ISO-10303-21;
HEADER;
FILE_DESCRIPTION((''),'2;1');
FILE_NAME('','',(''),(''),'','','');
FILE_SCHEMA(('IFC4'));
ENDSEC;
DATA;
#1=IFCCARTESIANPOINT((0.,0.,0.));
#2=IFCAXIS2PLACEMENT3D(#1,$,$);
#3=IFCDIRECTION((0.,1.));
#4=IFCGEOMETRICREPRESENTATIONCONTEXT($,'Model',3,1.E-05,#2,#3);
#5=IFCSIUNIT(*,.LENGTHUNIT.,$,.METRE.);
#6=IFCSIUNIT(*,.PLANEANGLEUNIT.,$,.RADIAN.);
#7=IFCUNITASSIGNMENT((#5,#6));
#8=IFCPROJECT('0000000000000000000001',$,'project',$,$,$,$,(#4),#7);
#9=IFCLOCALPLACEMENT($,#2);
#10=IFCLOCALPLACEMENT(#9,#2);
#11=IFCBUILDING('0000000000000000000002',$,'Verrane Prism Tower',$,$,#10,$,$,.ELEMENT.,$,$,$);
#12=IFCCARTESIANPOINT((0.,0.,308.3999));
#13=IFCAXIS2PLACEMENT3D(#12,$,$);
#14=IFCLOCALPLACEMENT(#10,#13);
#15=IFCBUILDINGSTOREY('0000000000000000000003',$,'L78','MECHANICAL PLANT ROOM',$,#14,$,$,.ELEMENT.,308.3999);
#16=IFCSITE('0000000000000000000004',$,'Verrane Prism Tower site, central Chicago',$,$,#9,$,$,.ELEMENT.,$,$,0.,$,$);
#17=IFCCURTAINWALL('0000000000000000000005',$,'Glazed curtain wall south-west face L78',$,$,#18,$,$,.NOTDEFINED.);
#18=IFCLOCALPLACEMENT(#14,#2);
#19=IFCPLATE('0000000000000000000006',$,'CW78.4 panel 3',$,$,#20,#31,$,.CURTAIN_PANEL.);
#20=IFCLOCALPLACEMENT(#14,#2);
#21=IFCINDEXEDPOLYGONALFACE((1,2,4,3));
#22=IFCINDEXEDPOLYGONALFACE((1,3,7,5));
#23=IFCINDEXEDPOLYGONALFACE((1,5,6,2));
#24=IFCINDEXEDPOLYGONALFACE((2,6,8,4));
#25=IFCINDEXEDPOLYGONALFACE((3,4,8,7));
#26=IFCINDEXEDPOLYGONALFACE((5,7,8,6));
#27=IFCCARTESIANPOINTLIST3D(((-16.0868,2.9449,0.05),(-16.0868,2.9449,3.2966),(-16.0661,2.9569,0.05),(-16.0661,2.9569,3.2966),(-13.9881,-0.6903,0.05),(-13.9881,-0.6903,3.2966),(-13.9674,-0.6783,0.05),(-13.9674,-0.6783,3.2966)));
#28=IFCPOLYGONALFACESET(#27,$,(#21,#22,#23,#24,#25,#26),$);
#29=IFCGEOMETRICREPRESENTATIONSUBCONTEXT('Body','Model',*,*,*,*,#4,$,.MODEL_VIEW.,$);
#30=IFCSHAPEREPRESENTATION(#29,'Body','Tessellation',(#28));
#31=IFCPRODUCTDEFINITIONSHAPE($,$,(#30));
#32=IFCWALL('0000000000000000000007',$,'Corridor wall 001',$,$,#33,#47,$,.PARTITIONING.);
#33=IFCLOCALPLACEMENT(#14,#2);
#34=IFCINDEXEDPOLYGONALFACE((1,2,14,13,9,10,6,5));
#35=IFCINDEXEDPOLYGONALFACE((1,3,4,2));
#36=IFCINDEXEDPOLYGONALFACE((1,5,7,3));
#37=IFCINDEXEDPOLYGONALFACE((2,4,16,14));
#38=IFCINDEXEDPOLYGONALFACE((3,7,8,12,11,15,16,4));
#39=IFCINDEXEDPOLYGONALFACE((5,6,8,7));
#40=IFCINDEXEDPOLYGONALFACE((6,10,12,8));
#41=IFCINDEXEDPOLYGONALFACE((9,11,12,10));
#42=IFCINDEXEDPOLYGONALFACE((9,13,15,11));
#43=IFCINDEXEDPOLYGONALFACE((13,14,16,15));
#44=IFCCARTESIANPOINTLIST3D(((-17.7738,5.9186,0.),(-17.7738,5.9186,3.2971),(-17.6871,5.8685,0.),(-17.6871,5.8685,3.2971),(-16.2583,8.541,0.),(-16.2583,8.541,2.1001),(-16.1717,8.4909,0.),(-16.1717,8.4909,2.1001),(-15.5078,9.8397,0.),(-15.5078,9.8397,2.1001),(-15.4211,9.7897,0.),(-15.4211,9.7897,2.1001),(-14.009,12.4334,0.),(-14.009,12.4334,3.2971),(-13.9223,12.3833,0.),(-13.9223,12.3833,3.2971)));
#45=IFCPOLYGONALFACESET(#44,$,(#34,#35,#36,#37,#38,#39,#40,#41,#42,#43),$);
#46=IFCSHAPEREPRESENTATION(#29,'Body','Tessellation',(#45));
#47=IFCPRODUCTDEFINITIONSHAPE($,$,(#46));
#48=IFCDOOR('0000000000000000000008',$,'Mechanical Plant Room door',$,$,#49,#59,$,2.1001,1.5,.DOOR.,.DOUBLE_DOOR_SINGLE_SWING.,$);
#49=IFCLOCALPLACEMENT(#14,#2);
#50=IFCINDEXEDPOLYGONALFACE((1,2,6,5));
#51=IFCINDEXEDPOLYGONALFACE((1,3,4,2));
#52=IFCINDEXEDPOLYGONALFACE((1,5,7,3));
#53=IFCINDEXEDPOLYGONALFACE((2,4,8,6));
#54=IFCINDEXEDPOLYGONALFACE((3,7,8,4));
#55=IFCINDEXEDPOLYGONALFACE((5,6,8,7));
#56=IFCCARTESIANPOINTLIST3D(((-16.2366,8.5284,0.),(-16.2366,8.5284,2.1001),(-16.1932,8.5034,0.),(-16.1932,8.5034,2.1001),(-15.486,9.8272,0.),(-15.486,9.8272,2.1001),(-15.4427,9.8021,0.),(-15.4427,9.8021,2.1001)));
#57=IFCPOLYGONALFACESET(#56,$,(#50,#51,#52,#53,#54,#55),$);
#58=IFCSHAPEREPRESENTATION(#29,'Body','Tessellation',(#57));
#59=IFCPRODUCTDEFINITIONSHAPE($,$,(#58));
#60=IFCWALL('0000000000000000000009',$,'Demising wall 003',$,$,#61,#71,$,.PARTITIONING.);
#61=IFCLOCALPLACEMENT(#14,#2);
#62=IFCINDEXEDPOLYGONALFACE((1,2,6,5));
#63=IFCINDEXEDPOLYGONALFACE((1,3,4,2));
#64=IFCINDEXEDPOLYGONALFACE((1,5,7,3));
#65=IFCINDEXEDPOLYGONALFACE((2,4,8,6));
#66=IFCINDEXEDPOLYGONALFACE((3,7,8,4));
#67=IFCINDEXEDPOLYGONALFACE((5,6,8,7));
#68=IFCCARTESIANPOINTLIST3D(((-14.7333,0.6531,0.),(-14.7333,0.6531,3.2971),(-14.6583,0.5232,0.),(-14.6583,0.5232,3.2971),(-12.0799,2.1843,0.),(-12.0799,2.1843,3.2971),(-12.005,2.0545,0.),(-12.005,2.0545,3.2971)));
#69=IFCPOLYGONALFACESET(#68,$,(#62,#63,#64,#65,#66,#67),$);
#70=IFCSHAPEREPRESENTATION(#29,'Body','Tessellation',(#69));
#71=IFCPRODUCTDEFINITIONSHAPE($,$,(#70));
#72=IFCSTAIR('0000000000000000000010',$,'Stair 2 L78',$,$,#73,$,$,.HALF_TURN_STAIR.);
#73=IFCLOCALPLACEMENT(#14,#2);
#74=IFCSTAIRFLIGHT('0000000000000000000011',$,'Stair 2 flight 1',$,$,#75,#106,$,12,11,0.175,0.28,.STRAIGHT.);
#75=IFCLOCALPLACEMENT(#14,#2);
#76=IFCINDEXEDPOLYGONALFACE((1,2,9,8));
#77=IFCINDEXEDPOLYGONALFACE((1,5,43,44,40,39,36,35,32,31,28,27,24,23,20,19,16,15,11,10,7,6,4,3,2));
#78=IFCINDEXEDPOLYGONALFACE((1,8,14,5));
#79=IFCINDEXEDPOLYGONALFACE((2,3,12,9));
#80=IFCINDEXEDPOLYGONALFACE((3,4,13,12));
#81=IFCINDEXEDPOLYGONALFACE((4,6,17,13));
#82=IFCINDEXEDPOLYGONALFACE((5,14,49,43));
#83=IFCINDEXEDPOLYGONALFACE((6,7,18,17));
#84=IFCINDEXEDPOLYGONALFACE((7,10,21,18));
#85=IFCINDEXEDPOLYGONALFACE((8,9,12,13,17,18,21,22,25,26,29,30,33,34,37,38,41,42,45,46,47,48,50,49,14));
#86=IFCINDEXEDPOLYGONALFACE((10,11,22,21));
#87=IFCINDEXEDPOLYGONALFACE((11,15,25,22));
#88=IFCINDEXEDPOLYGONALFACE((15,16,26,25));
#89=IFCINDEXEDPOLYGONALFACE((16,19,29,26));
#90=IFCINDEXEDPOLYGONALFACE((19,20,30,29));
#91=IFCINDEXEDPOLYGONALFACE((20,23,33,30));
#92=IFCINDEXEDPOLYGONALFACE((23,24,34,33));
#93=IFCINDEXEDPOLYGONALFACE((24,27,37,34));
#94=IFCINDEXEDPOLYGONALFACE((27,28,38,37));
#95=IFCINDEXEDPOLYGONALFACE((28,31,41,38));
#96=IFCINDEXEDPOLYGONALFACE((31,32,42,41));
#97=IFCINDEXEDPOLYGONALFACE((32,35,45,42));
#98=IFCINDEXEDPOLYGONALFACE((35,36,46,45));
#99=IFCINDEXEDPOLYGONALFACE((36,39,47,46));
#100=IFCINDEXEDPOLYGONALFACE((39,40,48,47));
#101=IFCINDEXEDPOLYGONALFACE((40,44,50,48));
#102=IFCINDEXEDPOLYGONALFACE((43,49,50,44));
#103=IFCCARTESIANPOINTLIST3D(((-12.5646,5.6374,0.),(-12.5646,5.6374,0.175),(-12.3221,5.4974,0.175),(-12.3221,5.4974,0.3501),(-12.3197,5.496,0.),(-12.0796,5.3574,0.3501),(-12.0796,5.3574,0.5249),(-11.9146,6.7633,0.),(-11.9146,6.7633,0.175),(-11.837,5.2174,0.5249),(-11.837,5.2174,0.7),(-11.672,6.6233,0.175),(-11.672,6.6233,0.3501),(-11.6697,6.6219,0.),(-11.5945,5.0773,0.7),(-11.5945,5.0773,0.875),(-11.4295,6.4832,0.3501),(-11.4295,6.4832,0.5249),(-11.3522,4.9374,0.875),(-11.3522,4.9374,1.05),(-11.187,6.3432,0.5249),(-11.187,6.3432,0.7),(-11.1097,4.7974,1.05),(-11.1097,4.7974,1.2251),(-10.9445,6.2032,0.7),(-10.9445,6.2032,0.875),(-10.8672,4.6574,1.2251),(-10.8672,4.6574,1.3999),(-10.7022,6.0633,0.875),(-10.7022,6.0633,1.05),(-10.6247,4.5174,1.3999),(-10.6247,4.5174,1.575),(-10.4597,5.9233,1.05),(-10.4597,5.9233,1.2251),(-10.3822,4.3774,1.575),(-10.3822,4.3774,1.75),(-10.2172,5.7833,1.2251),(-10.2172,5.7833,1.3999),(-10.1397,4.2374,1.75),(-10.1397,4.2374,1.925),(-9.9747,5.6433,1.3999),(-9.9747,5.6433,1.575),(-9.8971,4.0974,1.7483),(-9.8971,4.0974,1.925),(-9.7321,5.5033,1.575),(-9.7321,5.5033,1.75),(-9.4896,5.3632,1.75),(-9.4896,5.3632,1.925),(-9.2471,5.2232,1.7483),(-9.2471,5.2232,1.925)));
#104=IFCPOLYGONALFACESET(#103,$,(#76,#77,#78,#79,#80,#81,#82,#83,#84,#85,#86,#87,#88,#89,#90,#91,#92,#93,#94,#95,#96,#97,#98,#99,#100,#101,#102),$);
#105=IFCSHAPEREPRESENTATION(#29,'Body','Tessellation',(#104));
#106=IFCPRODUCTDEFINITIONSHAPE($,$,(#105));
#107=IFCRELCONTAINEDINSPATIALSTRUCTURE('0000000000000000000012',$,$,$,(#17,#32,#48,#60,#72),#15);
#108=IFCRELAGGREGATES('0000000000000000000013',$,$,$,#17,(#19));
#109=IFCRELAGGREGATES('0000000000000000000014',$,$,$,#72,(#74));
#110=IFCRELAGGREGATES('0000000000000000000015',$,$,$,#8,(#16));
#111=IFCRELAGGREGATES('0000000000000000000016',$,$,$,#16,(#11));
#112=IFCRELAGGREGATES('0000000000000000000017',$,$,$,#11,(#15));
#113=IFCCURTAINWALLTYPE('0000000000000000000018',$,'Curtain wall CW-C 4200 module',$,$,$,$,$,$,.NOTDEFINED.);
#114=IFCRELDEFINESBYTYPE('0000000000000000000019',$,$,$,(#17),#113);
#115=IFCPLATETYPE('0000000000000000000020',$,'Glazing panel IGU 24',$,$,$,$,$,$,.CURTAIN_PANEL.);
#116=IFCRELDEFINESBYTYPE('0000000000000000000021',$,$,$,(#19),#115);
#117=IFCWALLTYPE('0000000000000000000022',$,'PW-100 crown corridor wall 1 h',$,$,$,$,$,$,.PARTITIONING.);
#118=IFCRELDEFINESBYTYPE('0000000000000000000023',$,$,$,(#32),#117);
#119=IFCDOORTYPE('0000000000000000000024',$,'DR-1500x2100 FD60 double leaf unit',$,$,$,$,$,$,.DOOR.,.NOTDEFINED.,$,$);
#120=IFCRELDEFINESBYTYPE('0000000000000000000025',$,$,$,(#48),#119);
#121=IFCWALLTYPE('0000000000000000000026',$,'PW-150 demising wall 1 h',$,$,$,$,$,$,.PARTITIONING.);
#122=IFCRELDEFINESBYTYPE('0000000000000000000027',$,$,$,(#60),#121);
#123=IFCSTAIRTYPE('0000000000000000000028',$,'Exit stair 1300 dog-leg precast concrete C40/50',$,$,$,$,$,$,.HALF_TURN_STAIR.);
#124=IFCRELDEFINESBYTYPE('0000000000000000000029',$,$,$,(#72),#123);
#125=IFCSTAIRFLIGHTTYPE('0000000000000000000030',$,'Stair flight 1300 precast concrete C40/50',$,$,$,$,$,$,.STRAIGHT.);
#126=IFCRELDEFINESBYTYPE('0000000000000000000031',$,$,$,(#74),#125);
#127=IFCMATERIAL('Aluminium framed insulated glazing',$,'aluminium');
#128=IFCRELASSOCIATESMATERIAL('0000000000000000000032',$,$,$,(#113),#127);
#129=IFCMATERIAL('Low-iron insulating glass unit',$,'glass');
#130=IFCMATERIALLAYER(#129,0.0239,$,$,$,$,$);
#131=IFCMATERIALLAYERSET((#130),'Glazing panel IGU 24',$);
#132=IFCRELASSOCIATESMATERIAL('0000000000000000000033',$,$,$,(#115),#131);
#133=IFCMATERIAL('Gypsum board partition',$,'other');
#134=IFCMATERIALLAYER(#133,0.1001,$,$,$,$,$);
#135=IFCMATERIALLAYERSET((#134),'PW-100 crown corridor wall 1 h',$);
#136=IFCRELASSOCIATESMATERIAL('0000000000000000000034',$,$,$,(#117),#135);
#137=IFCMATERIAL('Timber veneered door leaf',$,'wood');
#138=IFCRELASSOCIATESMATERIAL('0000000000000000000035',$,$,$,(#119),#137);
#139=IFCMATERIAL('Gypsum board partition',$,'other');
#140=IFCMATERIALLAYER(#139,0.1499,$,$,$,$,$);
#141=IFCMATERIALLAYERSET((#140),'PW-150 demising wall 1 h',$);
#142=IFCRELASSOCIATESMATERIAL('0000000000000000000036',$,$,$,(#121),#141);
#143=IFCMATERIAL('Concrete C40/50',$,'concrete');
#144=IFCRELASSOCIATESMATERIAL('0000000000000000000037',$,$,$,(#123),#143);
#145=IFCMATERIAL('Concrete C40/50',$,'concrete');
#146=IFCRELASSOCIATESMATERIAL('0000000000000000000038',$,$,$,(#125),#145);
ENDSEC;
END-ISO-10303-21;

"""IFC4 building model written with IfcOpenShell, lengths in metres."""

from ifc_helpers import new_model, si_unit, direction, frame, frame_2d, origin, origin_2d, place, context, subcontext, project, spatial, polyline, rectangle, outline, extrude, material, layer, layer_set, type_object, element, fill, aggregate, save


model = new_model("IFC4")

# Units and contexts
model_context = context("Model", 3, precision=1e-05, world=origin(), true_north=direction((0.0, 1.0)))
body_context = subcontext(model_context, "Body", "Model", "MODEL_VIEW")
ifc_project = project(units=[si_unit("LENGTHUNIT", "METRE"), si_unit("PLANEANGLEUNIT", "RADIAN")], contexts=[model_context])

# Site, building, storey
site_placement = place(None, origin())
site = spatial("IfcSite", under=ifc_project, at=site_placement, Name="Verrane Prism Tower site, central Chicago", CompositionType="ELEMENT", RefElevation=0.0)
building_placement = place(site_placement, origin())
building = spatial("IfcBuilding", under=site, at=building_placement, Name="Verrane Prism Tower", CompositionType="ELEMENT")
storey_placement = place(building_placement, frame((0.0, 0.0, 308.3999)))
storey = spatial("IfcBuildingStorey", under=building, at=storey_placement, Name="L78", Description="MECHANICAL PLANT ROOM", CompositionType="ELEMENT", Elevation=308.3999)

# Curtain wall
ifc_material_1 = material(Name="Aluminium framed insulated glazing", Category="aluminium")
curtain_wall_type = type_object("IfcCurtainWallType", Name="Curtain wall CW-C 4200 module", PredefinedType="NOTDEFINED", material=ifc_material_1)
curtain_wall_placement = place(storey_placement, origin())
curtain_wall = element("IfcCurtainWall", 1, at=curtain_wall_placement, inside=storey, type_object=curtain_wall_type, Name="Glazed curtain wall south-west face L78", PredefinedType="NOTDEFINED")

# Plate
ifc_material_2 = material(Name="Low-iron insulating glass unit", Category="glass")
ifc_layer_1 = layer(ifc_material_2, 0.0239)
ifc_layer_set_1 = layer_set([ifc_layer_1], Name="Glazing panel IGU 24")
plate_type = type_object("IfcPlateType", Name="Glazing panel IGU 24", PredefinedType="CURTAIN_PANEL", material=ifc_layer_set_1)
plate_1_placement = place(storey_placement, frame((-15.0271, 1.1333, 0.05), z_axis=(0.0, 0.0, 1.0), x_axis=(0.5, -0.866025, 0.0)))
plate_1 = element("IfcPlate", 2, at=plate_1_placement, type_object=plate_type, Name="CW78.4 panel 3", PredefinedType="CURTAIN_PANEL", context=body_context, shape_type="SweptSolid", body=[
    extrude(rectangle(XDim=4.1975, YDim=0.0239, at=origin_2d()), origin(), (0.0, 0.0, 1.0), 3.2466),
])
aggregate(curtain_wall, [plate_1])

# Wall, opening, door
ifc_material_3 = material(Name="Gypsum board partition", Category="other")
ifc_layer_2 = layer(ifc_material_3, 0.1001)
ifc_layer_set_2 = layer_set([ifc_layer_2], Name="PW-100 crown corridor wall 1 h")
wall_type_1 = type_object("IfcWallType", Name="PW-100 crown corridor wall 1 h", PredefinedType="PARTITIONING", material=ifc_layer_set_2)
wall_1_placement = place(storey_placement, frame((-17.7305, 5.8936, 0.0), z_axis=(0.0, 0.0, 1.0), x_axis=(0.500351, 0.865823, 0.0)))
wall_1 = element("IfcWall", 3, at=wall_1_placement, inside=storey, type_object=wall_type_1, Name="Corridor wall 001", PredefinedType="PARTITIONING", context=body_context, shape_type="SweptSolid", body=[
    extrude(rectangle(XDim=7.5244, YDim=0.1001, at=frame_2d((3.7622, 0.0))), origin(), (0.0, 0.0, 1.0), 3.2971),
])
opening_placement = place(wall_1_placement, frame((3.0288, 0.0, 0.0)))
opening = element("IfcOpeningElement", 4, at=opening_placement, cuts=wall_1, PredefinedType="OPENING", context=body_context, shape_type="SweptSolid", body=[
    extrude(rectangle(XDim=1.5, YDim=2.1001, at=frame_2d((0.75, 1.05))), frame((0.0, 0.0601, 0.0), z_axis=(0.0, -1.0, 0.0), x_axis=(1.0, 0.0, 0.0)), (0.0, 0.0, 1.0), 0.1201),
])
ifc_material_4 = material(Name="Timber veneered door leaf", Category="wood")
door_type = type_object("IfcDoorType", Name="DR-1500x2100 FD60 double leaf unit", OperationType="NOTDEFINED", PredefinedType="DOOR", material=ifc_material_4)
door_placement = place(opening_placement, origin())
door = element("IfcDoor", 5, at=door_placement, inside=storey, type_object=door_type, Name="Mechanical Plant Room door", OperationType="DOUBLE_DOOR_SINGLE_SWING", OverallHeight=2.1001, OverallWidth=1.5, PredefinedType="DOOR", context=body_context, shape_type="SweptSolid", body=[
    extrude(rectangle(XDim=1.5, YDim=2.1001, at=frame_2d((0.75, 1.05))), frame((0.0, 0.0249, 0.0), z_axis=(0.0, -1.0, 0.0), x_axis=(1.0, 0.0, 0.0)), (0.0, 0.0, 1.0), 0.05),
])
fill(opening, door)

# Wall
ifc_material_5 = material(Name="Gypsum board partition", Category="other")
ifc_layer_3 = layer(ifc_material_5, 0.1499)
ifc_layer_set_3 = layer_set([ifc_layer_3], Name="PW-150 demising wall 1 h")
wall_type_2 = type_object("IfcWallType", Name="PW-150 demising wall 1 h", PredefinedType="PARTITIONING", material=ifc_layer_set_3)
wall_2_placement = place(storey_placement, frame((-14.6958, 0.5881, 0.0), z_axis=(0.0, 0.0, 1.0), x_axis=(0.866117, 0.499842, 0.0)))
element("IfcWall", 6, at=wall_2_placement, inside=storey, type_object=wall_type_2, Name="Demising wall 003", PredefinedType="PARTITIONING", context=body_context, shape_type="SweptSolid", body=[
    extrude(rectangle(XDim=3.0635, YDim=0.1499, at=frame_2d((1.5317, 0.0))), origin(), (0.0, 0.0, 1.0), 3.2971),
])

# Stair, stair flight
ifc_material_6 = material(Name="Concrete C40/50", Category="concrete")
stair_type = type_object("IfcStairType", Name="Exit stair 1300 dog-leg precast concrete C40/50", PredefinedType="HALF_TURN_STAIR", material=ifc_material_6)
stair_placement = place(storey_placement, origin())
stair = element("IfcStair", 7, at=stair_placement, inside=storey, type_object=stair_type, Name="Stair 2 L78", PredefinedType="HALF_TURN_STAIR")
ifc_material_7 = material(Name="Concrete C40/50", Category="concrete")
stair_flight_type = type_object("IfcStairFlightType", Name="Stair flight 1300 precast concrete C40/50", PredefinedType="STRAIGHT", material=ifc_material_7)
stair_flight_placement = place(storey_placement, frame((-12.2395, 6.2004, 0.0), z_axis=(0.0, 0.0, 1.0), x_axis=(0.866025, -0.5, 0.0)))
stair_flight = element("IfcStairFlight", 8, at=stair_flight_placement, type_object=stair_flight_type, Name="Stair 2 flight 1", NumberOfRisers=12, NumberOfTreads=11, PredefinedType="STRAIGHT", RiserHeight=0.175, TreadLength=0.28, context=body_context, shape_type="SweptSolid", body=[
    extrude(outline(polyline([(0.0, 0.0), (0.0, 0.175), (0.28, 0.175), (0.28, 0.3501), (0.5601, 0.3501), (0.5601, 0.5249), (0.8401, 0.5249), (0.8401, 0.7), (1.1201, 0.7), (1.1201, 0.875), (1.3999, 0.875), (1.3999, 1.05), (1.6799, 1.05), (1.6799, 1.2251), (1.96, 1.2251), (1.96, 1.3999), (2.24, 1.3999), (2.24, 1.575), (2.52, 1.575), (2.52, 1.75), (2.8, 1.75), (2.8, 1.925), (3.0801, 1.925), (3.0801, 2.1001), (3.0801, 1.7483), (0.2827, 0.0), (0.0, 0.0)])), frame((0.0, 0.6499, 0.0), z_axis=(0.0, -1.0, 0.0), x_axis=(1.0, 0.0, 0.0)), (0.0, 0.0, 1.0), 1.3),
])
aggregate(stair, [stair_flight])

save(model, "model.ifc")
